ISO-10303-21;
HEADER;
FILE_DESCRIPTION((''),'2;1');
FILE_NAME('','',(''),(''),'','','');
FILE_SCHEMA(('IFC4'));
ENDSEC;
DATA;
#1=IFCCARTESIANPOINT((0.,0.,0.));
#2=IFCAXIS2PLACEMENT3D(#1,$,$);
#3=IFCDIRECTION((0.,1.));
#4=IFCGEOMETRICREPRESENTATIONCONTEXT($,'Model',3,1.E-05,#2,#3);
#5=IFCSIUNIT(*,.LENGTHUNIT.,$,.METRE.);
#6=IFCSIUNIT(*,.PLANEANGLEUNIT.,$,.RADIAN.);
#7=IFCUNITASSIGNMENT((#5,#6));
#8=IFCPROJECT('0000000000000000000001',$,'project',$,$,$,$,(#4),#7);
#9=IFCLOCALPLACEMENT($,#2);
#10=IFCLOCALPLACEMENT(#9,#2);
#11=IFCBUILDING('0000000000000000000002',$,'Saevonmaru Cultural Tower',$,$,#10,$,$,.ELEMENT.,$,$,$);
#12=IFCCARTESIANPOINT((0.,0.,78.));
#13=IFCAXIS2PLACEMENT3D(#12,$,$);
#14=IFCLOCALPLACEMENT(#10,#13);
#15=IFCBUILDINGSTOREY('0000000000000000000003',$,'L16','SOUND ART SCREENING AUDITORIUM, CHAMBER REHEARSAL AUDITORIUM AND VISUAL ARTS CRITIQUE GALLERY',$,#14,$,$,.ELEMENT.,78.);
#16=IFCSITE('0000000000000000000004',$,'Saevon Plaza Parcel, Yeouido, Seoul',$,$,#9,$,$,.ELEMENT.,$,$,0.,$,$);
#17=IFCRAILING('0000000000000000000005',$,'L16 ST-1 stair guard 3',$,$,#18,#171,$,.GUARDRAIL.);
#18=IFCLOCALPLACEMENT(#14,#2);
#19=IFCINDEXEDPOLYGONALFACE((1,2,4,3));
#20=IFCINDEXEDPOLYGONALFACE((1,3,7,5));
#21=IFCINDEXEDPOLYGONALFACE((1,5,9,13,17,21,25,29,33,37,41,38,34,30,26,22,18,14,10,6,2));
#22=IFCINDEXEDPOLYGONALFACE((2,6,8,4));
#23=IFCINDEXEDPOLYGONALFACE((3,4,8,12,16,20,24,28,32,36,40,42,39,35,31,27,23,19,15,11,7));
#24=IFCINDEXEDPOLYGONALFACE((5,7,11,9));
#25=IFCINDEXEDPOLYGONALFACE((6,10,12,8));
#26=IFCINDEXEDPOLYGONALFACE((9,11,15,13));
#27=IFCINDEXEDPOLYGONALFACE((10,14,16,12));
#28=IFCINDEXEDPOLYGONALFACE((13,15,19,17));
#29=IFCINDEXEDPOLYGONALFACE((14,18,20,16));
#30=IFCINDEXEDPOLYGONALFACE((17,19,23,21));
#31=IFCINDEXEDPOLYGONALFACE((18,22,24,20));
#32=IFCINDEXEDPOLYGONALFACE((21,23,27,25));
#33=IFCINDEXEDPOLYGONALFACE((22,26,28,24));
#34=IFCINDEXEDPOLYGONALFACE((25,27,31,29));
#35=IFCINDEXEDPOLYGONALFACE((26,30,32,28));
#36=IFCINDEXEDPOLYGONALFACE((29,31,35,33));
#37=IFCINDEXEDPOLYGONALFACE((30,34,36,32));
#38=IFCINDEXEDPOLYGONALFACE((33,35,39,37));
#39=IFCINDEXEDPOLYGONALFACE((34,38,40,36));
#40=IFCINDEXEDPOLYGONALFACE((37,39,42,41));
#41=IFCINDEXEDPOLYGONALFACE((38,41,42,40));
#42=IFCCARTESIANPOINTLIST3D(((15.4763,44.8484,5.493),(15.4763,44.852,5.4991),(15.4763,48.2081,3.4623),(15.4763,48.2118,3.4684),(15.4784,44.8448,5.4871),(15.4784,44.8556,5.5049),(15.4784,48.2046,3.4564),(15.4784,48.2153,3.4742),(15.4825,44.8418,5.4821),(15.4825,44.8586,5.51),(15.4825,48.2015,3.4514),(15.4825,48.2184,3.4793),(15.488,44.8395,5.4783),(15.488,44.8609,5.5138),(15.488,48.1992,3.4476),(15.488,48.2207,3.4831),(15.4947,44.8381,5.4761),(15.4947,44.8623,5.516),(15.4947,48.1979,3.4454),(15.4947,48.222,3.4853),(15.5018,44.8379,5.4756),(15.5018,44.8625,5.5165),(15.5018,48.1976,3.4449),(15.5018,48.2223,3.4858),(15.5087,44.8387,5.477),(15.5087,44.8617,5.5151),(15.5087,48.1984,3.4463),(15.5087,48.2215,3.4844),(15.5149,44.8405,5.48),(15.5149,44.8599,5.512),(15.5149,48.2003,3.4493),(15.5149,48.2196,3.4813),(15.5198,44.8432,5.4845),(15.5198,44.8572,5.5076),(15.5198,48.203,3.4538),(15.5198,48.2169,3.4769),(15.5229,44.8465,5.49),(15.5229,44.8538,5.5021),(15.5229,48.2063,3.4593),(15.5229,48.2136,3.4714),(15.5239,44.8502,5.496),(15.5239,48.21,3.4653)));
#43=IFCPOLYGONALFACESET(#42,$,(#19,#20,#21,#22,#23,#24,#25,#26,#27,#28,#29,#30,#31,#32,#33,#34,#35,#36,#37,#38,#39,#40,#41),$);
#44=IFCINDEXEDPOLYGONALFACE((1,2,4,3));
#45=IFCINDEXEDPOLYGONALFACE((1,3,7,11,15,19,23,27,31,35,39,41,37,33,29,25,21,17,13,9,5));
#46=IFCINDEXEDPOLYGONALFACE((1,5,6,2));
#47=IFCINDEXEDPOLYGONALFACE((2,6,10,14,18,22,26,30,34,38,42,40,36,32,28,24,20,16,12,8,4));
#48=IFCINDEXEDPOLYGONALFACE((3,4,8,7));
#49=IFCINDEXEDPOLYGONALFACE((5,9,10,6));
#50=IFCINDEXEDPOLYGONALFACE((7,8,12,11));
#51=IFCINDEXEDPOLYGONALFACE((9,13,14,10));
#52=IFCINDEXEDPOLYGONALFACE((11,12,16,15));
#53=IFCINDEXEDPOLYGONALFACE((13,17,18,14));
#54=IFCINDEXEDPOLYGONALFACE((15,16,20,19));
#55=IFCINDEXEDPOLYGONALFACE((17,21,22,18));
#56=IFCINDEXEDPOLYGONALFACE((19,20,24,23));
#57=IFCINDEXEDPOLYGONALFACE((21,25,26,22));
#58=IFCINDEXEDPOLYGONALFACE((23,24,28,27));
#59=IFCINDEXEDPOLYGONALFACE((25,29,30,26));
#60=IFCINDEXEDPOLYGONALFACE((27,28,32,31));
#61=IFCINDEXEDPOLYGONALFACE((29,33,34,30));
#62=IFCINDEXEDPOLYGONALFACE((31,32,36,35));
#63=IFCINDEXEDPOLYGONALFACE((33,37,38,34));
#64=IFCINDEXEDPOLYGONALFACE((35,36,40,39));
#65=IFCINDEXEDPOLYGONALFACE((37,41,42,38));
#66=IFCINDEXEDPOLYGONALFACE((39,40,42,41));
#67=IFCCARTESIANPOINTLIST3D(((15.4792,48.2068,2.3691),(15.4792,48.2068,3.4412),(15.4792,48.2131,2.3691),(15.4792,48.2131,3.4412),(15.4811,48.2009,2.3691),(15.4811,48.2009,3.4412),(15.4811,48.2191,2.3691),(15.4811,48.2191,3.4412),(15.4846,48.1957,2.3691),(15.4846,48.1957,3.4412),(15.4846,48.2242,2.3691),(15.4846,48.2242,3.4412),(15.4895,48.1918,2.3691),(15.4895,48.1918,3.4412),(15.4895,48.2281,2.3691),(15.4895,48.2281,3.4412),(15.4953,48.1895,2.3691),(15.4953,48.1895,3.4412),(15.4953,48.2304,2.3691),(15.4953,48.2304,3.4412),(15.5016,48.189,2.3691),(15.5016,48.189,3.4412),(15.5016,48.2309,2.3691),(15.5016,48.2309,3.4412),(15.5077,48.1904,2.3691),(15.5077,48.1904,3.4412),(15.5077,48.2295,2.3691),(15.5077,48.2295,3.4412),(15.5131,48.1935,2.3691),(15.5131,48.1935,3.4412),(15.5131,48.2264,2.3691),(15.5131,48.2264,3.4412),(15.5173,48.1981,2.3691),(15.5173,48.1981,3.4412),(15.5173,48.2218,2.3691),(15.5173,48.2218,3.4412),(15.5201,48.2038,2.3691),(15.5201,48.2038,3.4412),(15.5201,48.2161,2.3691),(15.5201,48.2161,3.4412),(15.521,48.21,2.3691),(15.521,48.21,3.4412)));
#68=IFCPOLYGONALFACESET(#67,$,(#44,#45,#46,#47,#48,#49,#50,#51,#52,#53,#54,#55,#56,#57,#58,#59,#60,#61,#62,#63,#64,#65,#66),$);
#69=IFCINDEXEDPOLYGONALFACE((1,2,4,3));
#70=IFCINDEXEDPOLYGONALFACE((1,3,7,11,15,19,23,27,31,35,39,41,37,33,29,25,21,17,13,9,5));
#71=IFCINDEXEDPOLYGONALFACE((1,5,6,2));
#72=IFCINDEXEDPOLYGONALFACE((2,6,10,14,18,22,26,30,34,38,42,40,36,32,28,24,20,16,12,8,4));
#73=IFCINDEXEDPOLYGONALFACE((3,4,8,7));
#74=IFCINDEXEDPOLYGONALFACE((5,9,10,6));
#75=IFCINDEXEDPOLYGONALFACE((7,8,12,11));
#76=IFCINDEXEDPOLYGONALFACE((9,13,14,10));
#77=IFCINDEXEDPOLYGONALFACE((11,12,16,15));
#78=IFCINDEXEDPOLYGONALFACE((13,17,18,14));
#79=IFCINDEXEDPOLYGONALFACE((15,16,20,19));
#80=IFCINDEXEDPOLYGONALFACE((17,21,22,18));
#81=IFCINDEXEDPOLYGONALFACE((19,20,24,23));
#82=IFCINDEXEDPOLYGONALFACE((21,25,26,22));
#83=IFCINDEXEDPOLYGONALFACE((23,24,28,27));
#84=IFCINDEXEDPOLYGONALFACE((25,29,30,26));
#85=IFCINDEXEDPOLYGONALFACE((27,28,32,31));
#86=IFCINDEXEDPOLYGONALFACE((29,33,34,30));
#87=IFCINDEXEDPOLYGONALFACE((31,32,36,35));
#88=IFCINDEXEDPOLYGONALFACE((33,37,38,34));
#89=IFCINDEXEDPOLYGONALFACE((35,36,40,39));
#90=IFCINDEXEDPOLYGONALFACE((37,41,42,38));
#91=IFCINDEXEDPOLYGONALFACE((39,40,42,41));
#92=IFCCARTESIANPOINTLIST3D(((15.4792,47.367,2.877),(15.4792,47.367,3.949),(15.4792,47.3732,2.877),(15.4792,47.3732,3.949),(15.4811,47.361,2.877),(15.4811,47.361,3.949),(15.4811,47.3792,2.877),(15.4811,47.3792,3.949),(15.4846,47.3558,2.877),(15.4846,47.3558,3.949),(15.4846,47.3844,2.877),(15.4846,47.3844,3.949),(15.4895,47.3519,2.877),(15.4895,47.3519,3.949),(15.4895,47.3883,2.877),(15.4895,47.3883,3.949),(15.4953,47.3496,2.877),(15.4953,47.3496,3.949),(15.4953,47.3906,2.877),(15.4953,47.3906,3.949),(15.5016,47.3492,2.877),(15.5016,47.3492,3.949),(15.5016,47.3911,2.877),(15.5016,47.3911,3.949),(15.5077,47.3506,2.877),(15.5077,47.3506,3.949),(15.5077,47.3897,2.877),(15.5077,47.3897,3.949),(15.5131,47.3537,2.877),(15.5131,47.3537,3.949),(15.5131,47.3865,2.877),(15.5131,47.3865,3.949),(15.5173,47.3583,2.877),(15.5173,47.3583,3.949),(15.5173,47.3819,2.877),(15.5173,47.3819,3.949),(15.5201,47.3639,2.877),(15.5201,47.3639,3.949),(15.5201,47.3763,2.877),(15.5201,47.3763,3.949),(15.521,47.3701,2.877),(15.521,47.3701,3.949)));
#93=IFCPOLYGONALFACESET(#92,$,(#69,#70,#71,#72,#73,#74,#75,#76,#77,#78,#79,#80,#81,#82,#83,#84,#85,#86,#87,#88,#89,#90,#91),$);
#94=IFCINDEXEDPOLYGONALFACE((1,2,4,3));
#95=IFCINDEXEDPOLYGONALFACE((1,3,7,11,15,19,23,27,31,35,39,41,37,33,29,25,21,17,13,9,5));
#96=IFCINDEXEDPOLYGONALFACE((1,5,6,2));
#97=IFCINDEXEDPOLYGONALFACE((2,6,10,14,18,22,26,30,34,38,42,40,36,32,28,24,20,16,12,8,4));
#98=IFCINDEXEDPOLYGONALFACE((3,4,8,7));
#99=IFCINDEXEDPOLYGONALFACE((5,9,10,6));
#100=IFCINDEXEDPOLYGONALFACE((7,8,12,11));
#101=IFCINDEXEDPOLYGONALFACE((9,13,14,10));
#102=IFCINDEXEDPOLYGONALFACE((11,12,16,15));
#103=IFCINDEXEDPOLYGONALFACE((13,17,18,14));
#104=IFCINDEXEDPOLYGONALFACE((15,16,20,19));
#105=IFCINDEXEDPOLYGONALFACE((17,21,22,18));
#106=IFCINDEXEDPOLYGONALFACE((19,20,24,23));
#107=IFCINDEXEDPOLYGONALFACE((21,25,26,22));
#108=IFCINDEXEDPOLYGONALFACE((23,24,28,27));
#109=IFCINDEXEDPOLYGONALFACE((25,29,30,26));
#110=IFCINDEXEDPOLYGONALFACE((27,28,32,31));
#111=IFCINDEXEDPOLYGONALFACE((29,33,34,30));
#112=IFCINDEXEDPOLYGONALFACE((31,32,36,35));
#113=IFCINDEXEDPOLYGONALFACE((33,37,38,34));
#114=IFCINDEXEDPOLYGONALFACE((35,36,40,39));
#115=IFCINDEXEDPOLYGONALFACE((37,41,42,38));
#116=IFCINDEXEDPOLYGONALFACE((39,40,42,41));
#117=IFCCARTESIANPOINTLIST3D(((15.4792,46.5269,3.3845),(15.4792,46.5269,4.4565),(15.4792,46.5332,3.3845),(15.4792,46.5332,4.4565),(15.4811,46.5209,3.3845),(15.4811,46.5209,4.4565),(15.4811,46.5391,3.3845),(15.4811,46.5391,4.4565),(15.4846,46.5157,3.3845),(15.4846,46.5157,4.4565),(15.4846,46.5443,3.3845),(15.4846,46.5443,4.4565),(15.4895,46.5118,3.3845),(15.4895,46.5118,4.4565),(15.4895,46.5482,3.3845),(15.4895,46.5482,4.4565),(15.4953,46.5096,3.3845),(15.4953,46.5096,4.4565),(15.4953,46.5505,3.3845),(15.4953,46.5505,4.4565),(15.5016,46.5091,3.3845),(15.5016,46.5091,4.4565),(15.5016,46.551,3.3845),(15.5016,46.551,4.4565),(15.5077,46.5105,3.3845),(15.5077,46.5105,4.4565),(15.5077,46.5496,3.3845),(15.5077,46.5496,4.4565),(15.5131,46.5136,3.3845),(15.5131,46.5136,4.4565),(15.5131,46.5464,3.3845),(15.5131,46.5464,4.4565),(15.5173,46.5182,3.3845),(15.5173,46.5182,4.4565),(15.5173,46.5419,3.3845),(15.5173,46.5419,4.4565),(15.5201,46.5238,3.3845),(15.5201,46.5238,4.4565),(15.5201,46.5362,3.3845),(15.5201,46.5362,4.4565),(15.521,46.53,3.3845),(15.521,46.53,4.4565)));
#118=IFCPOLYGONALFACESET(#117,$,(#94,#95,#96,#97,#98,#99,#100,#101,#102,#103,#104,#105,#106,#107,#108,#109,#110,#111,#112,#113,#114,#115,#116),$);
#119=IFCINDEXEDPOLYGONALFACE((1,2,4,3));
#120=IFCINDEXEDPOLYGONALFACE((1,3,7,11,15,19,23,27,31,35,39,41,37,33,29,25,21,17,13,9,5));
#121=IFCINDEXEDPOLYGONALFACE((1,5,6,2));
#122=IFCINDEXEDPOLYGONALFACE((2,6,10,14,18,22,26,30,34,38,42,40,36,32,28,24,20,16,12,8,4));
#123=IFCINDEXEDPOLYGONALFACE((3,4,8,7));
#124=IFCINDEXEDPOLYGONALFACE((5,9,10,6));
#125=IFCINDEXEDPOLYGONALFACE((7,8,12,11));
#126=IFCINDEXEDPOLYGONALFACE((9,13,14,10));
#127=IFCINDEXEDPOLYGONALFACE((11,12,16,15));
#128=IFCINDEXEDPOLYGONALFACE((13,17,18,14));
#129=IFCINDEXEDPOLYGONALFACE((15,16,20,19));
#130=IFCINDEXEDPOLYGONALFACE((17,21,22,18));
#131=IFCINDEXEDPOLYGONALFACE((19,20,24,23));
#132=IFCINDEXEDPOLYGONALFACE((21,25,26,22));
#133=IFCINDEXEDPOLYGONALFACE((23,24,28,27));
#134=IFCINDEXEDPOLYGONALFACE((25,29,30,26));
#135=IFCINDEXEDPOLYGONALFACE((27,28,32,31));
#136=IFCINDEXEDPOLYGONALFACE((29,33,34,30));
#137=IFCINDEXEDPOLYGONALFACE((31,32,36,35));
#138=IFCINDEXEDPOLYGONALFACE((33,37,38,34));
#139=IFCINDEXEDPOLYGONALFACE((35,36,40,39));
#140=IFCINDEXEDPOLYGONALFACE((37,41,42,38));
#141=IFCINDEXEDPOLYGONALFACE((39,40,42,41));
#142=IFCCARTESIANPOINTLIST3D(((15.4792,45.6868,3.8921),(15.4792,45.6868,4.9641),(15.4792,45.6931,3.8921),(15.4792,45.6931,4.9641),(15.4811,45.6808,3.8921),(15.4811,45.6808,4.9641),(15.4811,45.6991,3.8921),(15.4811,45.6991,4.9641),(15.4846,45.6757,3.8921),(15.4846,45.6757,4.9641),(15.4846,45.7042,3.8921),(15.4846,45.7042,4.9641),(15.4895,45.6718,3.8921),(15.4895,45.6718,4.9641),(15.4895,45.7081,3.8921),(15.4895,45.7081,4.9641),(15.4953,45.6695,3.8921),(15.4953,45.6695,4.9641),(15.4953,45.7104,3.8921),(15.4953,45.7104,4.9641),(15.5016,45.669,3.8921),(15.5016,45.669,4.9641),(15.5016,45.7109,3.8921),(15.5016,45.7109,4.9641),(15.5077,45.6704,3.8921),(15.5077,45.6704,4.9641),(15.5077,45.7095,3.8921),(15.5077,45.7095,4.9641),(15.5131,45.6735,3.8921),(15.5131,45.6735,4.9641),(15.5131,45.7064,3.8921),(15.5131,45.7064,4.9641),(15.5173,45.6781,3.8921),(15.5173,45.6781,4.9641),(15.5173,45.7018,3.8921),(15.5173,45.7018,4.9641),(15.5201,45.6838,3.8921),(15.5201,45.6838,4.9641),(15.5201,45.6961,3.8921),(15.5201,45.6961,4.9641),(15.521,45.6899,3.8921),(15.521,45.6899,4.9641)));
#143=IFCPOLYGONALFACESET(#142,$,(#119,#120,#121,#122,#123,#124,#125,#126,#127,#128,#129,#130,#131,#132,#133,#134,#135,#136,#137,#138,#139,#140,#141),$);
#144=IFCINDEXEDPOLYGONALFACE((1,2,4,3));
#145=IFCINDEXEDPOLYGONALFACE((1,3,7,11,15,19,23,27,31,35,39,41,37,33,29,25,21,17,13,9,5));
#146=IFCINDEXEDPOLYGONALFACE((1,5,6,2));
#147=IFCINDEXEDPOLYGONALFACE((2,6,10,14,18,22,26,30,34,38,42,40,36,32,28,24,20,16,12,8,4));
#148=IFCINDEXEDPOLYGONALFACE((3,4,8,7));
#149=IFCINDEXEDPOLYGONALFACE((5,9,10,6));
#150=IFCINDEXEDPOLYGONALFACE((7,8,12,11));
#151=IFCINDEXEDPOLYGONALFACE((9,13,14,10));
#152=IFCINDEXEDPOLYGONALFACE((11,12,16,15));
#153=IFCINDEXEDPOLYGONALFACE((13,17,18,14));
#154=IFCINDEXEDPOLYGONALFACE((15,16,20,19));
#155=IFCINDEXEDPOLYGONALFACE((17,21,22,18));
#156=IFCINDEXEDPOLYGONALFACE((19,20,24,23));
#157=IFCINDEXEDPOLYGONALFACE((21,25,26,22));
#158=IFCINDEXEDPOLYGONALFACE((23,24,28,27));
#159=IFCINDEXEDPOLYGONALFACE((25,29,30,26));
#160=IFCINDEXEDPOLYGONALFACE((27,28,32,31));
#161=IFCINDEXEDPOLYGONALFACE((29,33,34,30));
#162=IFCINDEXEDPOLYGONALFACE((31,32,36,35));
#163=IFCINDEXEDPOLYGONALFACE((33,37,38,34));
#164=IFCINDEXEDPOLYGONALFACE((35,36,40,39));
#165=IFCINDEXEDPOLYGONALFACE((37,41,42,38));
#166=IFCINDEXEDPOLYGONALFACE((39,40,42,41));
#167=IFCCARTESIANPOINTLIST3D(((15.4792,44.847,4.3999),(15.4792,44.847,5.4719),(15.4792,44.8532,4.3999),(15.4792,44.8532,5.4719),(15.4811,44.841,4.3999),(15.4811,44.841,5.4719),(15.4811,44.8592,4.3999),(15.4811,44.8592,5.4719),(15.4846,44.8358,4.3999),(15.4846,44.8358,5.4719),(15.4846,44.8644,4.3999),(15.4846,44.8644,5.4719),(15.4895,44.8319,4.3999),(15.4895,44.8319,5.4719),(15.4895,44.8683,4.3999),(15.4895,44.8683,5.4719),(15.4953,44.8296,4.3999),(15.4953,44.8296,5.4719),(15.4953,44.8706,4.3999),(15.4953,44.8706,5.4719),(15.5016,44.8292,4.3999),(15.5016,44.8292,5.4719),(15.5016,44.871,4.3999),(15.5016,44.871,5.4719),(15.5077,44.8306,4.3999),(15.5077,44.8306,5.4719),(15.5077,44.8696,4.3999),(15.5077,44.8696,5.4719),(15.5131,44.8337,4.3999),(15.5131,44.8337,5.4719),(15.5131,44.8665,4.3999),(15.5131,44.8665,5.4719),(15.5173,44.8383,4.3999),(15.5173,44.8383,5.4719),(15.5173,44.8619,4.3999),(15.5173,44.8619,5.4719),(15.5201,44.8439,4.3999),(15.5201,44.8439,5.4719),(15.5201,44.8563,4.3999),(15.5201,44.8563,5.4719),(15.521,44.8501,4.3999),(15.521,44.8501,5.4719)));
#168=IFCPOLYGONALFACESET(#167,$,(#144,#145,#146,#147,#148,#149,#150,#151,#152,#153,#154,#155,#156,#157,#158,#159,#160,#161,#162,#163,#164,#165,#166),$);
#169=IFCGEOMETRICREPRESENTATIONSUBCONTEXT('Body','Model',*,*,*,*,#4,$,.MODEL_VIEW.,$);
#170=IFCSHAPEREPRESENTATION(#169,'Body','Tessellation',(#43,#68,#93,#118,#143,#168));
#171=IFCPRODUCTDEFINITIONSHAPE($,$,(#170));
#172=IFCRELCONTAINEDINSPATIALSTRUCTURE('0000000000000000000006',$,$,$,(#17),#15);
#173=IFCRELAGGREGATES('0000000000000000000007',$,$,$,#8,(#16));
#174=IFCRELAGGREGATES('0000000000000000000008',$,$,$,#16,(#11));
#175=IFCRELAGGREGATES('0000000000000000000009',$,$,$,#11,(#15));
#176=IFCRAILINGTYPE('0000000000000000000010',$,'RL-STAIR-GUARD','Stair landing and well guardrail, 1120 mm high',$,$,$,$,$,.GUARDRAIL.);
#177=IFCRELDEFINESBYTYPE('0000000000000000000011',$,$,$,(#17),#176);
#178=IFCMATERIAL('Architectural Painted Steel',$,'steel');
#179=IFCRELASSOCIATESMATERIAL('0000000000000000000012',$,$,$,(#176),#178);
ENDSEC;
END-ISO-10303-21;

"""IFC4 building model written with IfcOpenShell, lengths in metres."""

from ifc_helpers import new_model, si_unit, direction, frame, origin, origin_2d, place, context, subcontext, project, spatial, circle, extrude, material, type_object, element, save


model = new_model("IFC4")

# Units and contexts
model_context = context("Model", 3, precision=1e-05, world=origin(), true_north=direction((0.0, 1.0)))
body_context = subcontext(model_context, "Body", "Model", "MODEL_VIEW")
ifc_project = project(units=[si_unit("LENGTHUNIT", "METRE"), si_unit("PLANEANGLEUNIT", "RADIAN")], contexts=[model_context])

# Site, building, storey
site_placement = place(None, origin())
site = spatial("IfcSite", under=ifc_project, at=site_placement, Name="Saevon Plaza Parcel, Yeouido, Seoul", CompositionType="ELEMENT", RefElevation=0.0)
building_placement = place(site_placement, origin())
building = spatial("IfcBuilding", under=site, at=building_placement, Name="Saevonmaru Cultural Tower", CompositionType="ELEMENT")
storey_placement = place(building_placement, frame((0.0, 0.0, 78.0)))
storey = spatial("IfcBuildingStorey", under=building, at=storey_placement, Name="L16", Description="SOUND ART SCREENING AUDITORIUM, CHAMBER REHEARSAL AUDITORIUM AND VISUAL ARTS CRITIQUE GALLERY", CompositionType="ELEMENT", Elevation=78.0)

# Railing
ifc_material_1 = material(Name="Architectural Painted Steel", Category="steel")
railing_type = type_object("IfcRailingType", Name="RL-STAIR-GUARD", Description="Stair landing and well guardrail, 1120 mm high", PredefinedType="GUARDRAIL", material=ifc_material_1)
railing_1_placement = place(storey_placement, frame((15.5, 48.21, 2.3691)))
element("IfcRailing", 1, at=railing_1_placement, inside=storey, type_object=railing_type, Name="L16 ST-1 stair guard 3", PredefinedType="GUARDRAIL", context=body_context, shape_type="SweptSolid", body=[
    extrude(circle(Radius=0.0239, at=origin_2d()), frame((0.0, 0.0, 1.0962), z_axis=(0.0, -0.85582, 0.517273), x_axis=(1.0, 0.0, 0.0)), (0.0, 0.0, 1.0), 3.9258),
    extrude(circle(Radius=0.021, at=origin_2d()), origin(), (0.0, 0.0, 1.0), 1.072),
    extrude(circle(Radius=0.021, at=origin_2d()), frame((0.0, -0.8398, 0.5078)), (0.0, 0.0, 1.0), 1.072),
    extrude(circle(Radius=0.021, at=origin_2d()), frame((0.0, -1.6799, 1.0154)), (0.0, 0.0, 1.0), 1.072),
    extrude(circle(Radius=0.021, at=origin_2d()), frame((0.0, -2.52, 1.5229)), (0.0, 0.0, 1.0), 1.072),
    extrude(circle(Radius=0.021, at=origin_2d()), frame((0.0, -3.3599, 2.0308)), (0.0, 0.0, 1.0), 1.072),
])

save(model, "model.ifc")
